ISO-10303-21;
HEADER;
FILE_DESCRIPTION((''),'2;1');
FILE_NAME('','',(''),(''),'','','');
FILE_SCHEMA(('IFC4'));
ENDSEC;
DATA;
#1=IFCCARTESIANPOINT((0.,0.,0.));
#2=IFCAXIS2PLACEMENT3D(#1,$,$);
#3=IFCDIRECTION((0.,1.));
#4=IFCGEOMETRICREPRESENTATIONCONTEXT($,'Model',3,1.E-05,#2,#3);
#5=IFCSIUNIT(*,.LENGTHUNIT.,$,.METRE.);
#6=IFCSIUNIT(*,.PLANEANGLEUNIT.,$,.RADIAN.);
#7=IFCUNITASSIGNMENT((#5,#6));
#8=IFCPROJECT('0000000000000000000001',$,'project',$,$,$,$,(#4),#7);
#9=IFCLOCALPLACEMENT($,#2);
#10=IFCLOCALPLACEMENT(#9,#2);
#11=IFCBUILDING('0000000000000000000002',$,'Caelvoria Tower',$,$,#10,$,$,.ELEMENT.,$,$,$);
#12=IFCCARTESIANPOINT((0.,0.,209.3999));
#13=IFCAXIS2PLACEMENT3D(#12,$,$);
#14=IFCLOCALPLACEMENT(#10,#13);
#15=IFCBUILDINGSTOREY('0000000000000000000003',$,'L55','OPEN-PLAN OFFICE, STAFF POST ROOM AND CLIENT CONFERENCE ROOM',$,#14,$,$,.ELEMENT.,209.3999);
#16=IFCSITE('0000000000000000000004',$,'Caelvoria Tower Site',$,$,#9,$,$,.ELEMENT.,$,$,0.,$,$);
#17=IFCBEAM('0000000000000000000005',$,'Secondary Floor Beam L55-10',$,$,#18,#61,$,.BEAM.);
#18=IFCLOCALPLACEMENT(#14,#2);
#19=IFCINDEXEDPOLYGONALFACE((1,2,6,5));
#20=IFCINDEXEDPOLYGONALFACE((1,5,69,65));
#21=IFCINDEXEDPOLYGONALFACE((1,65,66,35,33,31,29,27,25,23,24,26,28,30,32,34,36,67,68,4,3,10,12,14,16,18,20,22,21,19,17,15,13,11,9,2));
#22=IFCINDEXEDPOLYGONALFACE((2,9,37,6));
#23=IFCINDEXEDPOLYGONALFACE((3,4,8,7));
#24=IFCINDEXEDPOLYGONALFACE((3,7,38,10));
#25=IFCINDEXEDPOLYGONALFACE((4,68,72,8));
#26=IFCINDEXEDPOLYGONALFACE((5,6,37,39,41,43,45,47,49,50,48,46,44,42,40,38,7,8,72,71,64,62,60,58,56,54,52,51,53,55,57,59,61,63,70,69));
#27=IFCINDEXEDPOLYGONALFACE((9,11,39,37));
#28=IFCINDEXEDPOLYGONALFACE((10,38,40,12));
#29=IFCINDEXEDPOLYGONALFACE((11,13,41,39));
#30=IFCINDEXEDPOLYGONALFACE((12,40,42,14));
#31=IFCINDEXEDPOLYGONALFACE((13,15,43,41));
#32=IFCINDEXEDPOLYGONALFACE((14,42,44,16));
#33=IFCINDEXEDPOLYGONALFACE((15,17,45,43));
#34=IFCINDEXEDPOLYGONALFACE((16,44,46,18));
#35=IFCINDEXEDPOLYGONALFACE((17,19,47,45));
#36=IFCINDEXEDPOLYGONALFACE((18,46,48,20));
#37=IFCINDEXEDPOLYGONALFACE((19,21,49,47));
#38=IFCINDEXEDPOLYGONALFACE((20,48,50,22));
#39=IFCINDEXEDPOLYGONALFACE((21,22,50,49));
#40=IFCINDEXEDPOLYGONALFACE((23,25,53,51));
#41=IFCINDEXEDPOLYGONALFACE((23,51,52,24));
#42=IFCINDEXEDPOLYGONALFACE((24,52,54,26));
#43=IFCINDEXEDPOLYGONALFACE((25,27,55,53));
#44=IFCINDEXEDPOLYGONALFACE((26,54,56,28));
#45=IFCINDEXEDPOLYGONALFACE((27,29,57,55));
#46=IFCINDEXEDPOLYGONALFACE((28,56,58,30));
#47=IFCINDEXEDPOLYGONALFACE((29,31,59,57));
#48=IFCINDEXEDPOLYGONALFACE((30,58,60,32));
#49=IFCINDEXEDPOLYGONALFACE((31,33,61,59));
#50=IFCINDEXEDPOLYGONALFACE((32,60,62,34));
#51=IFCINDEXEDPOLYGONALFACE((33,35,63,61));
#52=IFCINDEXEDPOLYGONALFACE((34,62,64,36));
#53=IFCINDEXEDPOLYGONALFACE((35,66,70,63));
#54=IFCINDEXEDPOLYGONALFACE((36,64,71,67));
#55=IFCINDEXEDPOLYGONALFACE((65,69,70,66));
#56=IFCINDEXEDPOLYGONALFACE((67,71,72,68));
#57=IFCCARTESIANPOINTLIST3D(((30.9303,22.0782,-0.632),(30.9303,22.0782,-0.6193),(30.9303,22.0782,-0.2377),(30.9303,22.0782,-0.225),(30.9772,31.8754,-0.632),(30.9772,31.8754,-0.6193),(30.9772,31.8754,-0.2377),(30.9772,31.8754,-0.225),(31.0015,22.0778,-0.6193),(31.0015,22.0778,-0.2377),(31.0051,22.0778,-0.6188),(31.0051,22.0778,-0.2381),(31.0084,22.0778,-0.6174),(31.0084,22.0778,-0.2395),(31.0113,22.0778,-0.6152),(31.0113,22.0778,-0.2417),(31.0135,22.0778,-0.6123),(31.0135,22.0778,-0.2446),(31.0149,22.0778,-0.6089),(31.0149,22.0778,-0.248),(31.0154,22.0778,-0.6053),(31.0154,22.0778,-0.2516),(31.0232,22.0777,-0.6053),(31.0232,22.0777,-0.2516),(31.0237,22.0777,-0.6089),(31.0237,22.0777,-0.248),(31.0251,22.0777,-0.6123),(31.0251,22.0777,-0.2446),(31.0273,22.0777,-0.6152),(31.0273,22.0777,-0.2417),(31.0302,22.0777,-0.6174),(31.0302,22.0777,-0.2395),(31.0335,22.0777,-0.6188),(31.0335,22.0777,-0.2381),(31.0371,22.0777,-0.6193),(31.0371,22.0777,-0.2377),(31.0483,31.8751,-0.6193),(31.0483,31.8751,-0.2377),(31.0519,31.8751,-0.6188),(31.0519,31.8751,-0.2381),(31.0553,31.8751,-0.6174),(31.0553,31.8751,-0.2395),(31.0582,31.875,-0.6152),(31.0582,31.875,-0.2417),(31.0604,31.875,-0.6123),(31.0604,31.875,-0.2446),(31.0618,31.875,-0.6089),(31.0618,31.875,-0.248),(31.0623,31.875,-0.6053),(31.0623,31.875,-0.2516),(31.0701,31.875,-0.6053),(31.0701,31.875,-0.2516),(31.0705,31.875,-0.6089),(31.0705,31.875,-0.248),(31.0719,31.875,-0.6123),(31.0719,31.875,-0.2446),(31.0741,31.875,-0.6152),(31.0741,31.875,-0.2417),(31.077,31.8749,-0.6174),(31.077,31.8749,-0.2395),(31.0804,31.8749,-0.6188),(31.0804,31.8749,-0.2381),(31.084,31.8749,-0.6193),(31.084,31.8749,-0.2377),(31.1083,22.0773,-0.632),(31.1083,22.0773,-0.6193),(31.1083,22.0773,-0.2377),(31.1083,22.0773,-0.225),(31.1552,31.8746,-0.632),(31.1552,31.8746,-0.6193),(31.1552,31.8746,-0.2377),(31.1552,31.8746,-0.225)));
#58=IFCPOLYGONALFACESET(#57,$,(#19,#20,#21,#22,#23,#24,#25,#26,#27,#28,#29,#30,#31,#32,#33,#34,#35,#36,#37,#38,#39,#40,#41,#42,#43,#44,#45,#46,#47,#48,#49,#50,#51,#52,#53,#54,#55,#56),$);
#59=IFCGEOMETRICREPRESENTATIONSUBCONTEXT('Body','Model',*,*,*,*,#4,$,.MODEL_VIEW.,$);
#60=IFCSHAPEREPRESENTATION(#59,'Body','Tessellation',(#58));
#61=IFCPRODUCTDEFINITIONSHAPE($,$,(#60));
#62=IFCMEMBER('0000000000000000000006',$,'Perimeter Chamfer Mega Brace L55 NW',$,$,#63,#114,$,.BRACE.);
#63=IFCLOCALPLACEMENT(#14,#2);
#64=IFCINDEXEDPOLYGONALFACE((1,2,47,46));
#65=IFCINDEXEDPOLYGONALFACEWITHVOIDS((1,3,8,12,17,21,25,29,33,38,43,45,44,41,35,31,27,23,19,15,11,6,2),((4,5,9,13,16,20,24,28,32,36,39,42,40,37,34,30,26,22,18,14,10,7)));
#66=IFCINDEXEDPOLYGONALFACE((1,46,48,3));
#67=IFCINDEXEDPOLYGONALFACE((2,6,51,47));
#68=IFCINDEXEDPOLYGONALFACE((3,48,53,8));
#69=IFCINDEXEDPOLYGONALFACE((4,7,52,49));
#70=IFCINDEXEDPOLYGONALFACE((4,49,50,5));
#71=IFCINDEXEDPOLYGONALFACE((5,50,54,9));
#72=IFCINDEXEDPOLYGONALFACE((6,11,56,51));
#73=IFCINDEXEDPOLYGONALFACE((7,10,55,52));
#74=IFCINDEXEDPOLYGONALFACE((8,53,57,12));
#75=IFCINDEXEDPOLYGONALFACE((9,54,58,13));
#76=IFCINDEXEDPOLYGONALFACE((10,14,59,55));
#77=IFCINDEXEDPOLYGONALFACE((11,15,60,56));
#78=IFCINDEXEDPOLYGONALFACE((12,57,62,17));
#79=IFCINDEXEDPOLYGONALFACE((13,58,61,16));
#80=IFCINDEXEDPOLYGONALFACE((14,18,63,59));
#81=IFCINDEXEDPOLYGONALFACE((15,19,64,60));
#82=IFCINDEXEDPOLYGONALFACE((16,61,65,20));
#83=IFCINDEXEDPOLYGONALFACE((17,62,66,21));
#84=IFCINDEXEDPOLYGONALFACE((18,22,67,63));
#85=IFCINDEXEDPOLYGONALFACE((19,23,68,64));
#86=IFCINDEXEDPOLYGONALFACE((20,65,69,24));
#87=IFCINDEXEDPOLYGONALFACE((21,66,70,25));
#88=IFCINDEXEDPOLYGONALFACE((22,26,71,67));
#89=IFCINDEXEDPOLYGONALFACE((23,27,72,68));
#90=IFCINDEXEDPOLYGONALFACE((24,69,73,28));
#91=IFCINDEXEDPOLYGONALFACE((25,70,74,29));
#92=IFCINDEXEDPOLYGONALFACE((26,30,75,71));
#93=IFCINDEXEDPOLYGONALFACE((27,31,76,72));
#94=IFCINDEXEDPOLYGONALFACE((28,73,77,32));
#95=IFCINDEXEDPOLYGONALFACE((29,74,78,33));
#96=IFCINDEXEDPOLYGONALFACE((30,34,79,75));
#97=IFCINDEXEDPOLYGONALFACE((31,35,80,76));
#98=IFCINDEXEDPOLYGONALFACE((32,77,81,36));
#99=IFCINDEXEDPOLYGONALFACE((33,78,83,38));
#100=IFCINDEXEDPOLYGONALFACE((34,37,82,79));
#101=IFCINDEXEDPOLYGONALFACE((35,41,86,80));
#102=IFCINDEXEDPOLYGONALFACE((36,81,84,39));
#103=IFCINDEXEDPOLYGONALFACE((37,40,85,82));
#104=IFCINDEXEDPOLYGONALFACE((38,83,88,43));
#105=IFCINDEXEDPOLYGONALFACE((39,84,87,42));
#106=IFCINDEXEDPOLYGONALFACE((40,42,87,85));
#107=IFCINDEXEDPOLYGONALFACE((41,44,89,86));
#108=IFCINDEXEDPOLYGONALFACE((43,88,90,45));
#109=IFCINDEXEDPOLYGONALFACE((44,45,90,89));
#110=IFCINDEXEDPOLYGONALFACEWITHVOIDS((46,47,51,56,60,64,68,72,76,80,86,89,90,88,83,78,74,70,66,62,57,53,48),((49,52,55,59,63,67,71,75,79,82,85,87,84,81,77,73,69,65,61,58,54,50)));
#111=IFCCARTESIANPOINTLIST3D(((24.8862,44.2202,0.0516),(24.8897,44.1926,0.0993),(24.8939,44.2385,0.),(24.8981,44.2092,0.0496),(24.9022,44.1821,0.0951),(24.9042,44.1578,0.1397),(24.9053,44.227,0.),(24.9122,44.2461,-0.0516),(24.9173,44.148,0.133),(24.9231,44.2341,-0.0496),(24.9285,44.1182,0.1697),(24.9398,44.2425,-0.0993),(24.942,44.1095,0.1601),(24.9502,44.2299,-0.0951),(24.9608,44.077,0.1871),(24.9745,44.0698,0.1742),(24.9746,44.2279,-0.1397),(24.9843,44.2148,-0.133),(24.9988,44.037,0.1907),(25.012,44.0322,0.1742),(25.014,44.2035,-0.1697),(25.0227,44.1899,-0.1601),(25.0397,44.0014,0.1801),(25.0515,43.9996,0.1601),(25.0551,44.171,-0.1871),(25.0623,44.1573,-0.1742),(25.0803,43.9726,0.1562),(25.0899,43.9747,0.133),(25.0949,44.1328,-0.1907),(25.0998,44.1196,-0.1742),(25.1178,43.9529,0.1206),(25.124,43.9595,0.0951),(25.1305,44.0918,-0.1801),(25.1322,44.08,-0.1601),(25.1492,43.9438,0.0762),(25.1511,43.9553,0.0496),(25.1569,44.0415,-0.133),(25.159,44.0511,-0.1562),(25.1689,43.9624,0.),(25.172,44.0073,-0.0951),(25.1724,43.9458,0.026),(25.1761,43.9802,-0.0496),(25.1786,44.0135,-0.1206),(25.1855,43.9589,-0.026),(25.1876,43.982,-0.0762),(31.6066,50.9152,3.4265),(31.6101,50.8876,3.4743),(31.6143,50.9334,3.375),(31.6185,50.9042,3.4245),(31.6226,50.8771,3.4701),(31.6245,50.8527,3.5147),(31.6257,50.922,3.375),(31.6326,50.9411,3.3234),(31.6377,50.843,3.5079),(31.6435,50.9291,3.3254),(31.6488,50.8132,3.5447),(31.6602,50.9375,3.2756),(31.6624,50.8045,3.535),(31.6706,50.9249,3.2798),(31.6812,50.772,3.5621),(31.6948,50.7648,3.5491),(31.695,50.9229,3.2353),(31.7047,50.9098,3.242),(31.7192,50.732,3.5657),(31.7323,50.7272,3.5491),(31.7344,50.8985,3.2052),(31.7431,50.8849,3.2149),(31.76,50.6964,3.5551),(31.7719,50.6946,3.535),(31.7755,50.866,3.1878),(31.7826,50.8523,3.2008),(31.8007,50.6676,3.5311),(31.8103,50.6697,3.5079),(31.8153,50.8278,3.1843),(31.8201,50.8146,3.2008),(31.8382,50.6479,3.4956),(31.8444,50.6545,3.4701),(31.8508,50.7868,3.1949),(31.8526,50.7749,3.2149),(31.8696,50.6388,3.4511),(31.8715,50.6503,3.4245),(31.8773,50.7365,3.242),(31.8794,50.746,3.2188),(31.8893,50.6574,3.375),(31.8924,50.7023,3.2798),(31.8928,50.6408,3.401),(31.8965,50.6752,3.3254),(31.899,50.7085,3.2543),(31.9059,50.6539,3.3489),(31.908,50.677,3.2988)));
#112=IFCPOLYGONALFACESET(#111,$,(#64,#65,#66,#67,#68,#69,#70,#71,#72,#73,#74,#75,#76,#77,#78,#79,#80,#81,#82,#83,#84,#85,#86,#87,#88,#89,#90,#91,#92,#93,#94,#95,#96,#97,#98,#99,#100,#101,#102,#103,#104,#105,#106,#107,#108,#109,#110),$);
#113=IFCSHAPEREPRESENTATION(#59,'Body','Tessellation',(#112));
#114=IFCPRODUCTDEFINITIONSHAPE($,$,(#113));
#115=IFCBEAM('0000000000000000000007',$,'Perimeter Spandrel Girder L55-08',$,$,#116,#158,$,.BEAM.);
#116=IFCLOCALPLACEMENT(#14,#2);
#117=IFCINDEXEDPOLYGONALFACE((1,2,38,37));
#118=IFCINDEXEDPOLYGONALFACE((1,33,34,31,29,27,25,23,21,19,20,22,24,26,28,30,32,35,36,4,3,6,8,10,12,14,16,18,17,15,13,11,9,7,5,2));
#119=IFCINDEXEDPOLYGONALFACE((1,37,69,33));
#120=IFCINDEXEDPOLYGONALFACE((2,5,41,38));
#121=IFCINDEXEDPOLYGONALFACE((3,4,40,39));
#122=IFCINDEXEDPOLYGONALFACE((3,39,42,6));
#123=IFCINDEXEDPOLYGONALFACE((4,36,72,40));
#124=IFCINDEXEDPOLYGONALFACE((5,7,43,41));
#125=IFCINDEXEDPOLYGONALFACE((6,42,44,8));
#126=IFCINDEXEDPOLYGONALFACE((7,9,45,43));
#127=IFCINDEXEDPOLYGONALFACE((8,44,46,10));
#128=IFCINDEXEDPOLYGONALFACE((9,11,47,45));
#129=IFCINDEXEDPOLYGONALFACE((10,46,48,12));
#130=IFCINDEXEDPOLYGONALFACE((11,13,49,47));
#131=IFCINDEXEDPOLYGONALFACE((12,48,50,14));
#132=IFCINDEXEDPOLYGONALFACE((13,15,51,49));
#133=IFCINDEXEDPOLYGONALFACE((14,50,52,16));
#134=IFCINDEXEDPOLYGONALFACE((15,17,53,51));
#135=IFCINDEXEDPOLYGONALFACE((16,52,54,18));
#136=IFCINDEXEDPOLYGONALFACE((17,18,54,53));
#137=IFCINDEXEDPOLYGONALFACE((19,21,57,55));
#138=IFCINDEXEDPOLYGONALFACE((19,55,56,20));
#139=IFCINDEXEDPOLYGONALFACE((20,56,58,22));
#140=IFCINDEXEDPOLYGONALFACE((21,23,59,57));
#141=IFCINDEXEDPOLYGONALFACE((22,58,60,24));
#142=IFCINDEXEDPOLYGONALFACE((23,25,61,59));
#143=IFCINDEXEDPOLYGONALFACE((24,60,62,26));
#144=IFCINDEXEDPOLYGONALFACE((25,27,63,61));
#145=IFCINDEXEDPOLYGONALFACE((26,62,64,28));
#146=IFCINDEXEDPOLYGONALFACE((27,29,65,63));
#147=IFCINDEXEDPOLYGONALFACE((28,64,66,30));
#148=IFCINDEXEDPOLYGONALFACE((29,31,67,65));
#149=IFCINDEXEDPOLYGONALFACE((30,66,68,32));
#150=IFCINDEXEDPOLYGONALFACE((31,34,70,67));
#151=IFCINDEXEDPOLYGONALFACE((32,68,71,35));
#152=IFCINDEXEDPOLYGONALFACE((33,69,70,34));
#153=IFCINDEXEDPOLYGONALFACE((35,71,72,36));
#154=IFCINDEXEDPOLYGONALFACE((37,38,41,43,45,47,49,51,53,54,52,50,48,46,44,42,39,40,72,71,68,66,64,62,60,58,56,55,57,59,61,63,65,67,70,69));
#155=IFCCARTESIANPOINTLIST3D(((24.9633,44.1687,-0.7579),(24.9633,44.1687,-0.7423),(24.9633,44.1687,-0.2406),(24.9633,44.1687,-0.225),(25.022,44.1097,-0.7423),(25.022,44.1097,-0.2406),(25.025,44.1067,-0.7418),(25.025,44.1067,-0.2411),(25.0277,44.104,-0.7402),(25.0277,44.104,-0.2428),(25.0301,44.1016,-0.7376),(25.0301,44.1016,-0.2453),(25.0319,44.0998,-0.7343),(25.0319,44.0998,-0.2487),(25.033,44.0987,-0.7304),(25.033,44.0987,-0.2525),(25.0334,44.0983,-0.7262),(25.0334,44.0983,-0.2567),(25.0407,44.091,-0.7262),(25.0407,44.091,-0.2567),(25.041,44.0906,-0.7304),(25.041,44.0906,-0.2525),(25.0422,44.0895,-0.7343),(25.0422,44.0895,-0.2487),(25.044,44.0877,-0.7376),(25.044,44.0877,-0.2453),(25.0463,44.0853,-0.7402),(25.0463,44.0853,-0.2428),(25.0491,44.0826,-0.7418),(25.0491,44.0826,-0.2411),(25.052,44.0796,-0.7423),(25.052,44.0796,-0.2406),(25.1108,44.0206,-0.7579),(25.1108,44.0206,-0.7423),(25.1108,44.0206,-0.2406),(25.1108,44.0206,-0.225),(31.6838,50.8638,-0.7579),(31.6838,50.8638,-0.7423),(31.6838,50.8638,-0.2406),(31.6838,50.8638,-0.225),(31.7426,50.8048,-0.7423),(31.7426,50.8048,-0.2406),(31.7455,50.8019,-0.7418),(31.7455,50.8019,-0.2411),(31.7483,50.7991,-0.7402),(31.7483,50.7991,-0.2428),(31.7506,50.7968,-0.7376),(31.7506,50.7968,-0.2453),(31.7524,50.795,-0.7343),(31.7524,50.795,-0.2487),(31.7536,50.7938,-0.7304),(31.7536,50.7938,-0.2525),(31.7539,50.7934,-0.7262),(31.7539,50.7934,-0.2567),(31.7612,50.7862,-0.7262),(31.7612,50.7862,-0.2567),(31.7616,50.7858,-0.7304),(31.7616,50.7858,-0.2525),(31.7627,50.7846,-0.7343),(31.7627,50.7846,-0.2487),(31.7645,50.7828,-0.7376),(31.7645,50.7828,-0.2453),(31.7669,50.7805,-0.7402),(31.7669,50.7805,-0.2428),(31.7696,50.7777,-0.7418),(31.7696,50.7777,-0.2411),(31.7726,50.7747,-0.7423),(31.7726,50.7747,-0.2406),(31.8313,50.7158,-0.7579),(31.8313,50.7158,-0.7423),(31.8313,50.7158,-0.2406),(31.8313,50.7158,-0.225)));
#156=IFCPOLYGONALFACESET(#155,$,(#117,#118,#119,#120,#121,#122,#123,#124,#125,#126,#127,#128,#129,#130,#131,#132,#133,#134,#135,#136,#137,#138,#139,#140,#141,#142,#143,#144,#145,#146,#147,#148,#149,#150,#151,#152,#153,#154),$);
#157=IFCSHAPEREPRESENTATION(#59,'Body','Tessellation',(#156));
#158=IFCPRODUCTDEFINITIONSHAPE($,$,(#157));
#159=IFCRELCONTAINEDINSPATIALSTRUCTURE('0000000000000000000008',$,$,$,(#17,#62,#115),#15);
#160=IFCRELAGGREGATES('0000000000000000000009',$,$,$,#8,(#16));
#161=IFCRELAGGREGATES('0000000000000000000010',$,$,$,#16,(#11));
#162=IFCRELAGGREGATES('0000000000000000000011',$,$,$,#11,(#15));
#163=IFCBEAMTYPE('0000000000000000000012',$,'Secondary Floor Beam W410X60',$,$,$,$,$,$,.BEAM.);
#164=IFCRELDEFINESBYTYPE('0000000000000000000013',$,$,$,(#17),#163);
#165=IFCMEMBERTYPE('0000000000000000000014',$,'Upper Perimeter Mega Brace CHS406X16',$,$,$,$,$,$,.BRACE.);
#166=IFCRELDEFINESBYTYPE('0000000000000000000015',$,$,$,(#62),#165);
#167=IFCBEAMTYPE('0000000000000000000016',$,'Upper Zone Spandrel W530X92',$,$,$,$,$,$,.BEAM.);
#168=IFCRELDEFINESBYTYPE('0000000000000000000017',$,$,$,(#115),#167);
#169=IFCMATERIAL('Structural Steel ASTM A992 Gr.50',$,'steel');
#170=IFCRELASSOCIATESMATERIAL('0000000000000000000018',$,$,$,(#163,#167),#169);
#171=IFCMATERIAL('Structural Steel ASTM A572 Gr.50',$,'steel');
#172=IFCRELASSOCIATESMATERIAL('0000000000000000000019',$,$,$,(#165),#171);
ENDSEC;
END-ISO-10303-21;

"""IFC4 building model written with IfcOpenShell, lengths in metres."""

from ifc_helpers import new_model, si_unit, direction, frame, origin, origin_2d, place, context, subcontext, project, spatial, hollow_circle, i_section, extrude, material, material_profile, profile_set, type_object, element, save


model = new_model("IFC4")

# Units and contexts
model_context = context("Model", 3, precision=1e-05, world=origin(), true_north=direction((0.0, 1.0)))
body_context = subcontext(model_context, "Body", "Model", "MODEL_VIEW")
ifc_project = project(units=[si_unit("LENGTHUNIT", "METRE"), si_unit("PLANEANGLEUNIT", "RADIAN")], contexts=[model_context])

# Site, building, storey
site_placement = place(None, origin())
site = spatial("IfcSite", under=ifc_project, at=site_placement, Name="Caelvoria Tower Site", CompositionType="ELEMENT", RefElevation=0.0)
building_placement = place(site_placement, origin())
building = spatial("IfcBuilding", under=site, at=building_placement, Name="Caelvoria Tower", CompositionType="ELEMENT")
storey_placement = place(building_placement, frame((0.0, 0.0, 209.3999)))
storey = spatial("IfcBuildingStorey", under=building, at=storey_placement, Name="L55", Description="OPEN-PLAN OFFICE, STAFF POST ROOM AND CLIENT CONFERENCE ROOM", CompositionType="ELEMENT", Elevation=209.3999)

# Shared definitions
ifc_material_1 = material(Name="Structural Steel ASTM A572 Gr.50", Category="steel")
ifc_material_2 = material(Name="Structural Steel ASTM A992 Gr.50", Category="steel")

# Beam
ifc_material_profile_1 = material_profile(ifc_material_2, i_section(OverallWidth=0.178, OverallDepth=0.407, WebThickness=0.0078, FlangeThickness=0.0127, FilletRadius=0.0139, at=origin_2d()), Name="Structural Steel ASTM A992 Gr.50")
ifc_profile_set_1 = profile_set([ifc_material_profile_1], Name="W410X60 - Structural Steel ASTM A992 Gr.50")
beam_type_1 = type_object("IfcBeamType", Name="Secondary Floor Beam W410X60", PredefinedType="BEAM", material=ifc_profile_set_1)
for number, where, z_axis, x_axis, name in (
    (1, (31.0662, 31.875, -0.4285), (-0.004784, -0.999989, 0.0), (0.999989, -0.004784, 0.0), "Secondary Floor Beam L55-10"),
):
    element("IfcBeam", number, at=place(storey_placement, frame(where, z_axis=z_axis, x_axis=x_axis)), inside=storey, type_object=beam_type_1, Name=name, PredefinedType="BEAM", context=body_context, shape_type="SweptSolid", body=[
        extrude(i_section(OverallWidth=0.178, OverallDepth=0.407, WebThickness=0.0078, FlangeThickness=0.0127, FilletRadius=0.0139, at=origin_2d()), origin(), (0.0, 0.0, 1.0), 9.7974),
    ])

# Member
ifc_material_profile_2 = material_profile(ifc_material_1, hollow_circle(Radius=0.2029, WallThickness=0.0161, at=origin_2d()), Name="Structural Steel ASTM A572 Gr.50")
ifc_profile_set_2 = profile_set([ifc_material_profile_2], Name="CHS406X16 - Structural Steel ASTM A572 Gr.50")
member_type = type_object("IfcMemberType", Name="Upper Perimeter Mega Brace CHS406X16", PredefinedType="BRACE", material=ifc_profile_set_2)
member_placement = place(storey_placement, frame((25.0371, 44.0947, 0.0), z_axis=(0.667459, 0.664937, 0.335197), x_axis=(-0.705767, 0.708444, 0.0)))
element("IfcMember", 2, at=member_placement, inside=storey, type_object=member_type, Name="Perimeter Chamfer Mega Brace L55 NW", PredefinedType="BRACE", context=body_context, shape_type="SweptSolid", body=[
    extrude(hollow_circle(Radius=0.2029, WallThickness=0.0161, at=origin_2d()), origin(), (0.0, 0.0, 1.0), 10.0686),
])

# Beam
ifc_material_profile_3 = material_profile(ifc_material_2, i_section(OverallWidth=0.209, OverallDepth=0.533, WebThickness=0.0103, FlangeThickness=0.0156, FilletRadius=0.0161, at=origin_2d()), Name="Structural Steel ASTM A992 Gr.50")
ifc_profile_set_3 = profile_set([ifc_material_profile_3], Name="W530X92 - Structural Steel ASTM A992 Gr.50")
beam_type_2 = type_object("IfcBeamType", Name="Upper Zone Spandrel W530X92", PredefinedType="BEAM", material=ifc_profile_set_3)
beam_1_placement = place(storey_placement, frame((31.7576, 50.7898, -0.4915), z_axis=(-0.708444, -0.705767, 0.0), x_axis=(0.705767, -0.708444, 0.0)))
element("IfcBeam", 3, at=beam_1_placement, inside=storey, type_object=beam_type_2, Name="Perimeter Spandrel Girder L55-08", PredefinedType="BEAM", context=body_context, shape_type="SweptSolid", body=[
    extrude(i_section(OverallWidth=0.209, OverallDepth=0.533, WebThickness=0.0103, FlangeThickness=0.0156, FilletRadius=0.0161, at=origin_2d()), origin(), (0.0, 0.0, 1.0), 9.4863),
])

save(model, "model.ifc")
